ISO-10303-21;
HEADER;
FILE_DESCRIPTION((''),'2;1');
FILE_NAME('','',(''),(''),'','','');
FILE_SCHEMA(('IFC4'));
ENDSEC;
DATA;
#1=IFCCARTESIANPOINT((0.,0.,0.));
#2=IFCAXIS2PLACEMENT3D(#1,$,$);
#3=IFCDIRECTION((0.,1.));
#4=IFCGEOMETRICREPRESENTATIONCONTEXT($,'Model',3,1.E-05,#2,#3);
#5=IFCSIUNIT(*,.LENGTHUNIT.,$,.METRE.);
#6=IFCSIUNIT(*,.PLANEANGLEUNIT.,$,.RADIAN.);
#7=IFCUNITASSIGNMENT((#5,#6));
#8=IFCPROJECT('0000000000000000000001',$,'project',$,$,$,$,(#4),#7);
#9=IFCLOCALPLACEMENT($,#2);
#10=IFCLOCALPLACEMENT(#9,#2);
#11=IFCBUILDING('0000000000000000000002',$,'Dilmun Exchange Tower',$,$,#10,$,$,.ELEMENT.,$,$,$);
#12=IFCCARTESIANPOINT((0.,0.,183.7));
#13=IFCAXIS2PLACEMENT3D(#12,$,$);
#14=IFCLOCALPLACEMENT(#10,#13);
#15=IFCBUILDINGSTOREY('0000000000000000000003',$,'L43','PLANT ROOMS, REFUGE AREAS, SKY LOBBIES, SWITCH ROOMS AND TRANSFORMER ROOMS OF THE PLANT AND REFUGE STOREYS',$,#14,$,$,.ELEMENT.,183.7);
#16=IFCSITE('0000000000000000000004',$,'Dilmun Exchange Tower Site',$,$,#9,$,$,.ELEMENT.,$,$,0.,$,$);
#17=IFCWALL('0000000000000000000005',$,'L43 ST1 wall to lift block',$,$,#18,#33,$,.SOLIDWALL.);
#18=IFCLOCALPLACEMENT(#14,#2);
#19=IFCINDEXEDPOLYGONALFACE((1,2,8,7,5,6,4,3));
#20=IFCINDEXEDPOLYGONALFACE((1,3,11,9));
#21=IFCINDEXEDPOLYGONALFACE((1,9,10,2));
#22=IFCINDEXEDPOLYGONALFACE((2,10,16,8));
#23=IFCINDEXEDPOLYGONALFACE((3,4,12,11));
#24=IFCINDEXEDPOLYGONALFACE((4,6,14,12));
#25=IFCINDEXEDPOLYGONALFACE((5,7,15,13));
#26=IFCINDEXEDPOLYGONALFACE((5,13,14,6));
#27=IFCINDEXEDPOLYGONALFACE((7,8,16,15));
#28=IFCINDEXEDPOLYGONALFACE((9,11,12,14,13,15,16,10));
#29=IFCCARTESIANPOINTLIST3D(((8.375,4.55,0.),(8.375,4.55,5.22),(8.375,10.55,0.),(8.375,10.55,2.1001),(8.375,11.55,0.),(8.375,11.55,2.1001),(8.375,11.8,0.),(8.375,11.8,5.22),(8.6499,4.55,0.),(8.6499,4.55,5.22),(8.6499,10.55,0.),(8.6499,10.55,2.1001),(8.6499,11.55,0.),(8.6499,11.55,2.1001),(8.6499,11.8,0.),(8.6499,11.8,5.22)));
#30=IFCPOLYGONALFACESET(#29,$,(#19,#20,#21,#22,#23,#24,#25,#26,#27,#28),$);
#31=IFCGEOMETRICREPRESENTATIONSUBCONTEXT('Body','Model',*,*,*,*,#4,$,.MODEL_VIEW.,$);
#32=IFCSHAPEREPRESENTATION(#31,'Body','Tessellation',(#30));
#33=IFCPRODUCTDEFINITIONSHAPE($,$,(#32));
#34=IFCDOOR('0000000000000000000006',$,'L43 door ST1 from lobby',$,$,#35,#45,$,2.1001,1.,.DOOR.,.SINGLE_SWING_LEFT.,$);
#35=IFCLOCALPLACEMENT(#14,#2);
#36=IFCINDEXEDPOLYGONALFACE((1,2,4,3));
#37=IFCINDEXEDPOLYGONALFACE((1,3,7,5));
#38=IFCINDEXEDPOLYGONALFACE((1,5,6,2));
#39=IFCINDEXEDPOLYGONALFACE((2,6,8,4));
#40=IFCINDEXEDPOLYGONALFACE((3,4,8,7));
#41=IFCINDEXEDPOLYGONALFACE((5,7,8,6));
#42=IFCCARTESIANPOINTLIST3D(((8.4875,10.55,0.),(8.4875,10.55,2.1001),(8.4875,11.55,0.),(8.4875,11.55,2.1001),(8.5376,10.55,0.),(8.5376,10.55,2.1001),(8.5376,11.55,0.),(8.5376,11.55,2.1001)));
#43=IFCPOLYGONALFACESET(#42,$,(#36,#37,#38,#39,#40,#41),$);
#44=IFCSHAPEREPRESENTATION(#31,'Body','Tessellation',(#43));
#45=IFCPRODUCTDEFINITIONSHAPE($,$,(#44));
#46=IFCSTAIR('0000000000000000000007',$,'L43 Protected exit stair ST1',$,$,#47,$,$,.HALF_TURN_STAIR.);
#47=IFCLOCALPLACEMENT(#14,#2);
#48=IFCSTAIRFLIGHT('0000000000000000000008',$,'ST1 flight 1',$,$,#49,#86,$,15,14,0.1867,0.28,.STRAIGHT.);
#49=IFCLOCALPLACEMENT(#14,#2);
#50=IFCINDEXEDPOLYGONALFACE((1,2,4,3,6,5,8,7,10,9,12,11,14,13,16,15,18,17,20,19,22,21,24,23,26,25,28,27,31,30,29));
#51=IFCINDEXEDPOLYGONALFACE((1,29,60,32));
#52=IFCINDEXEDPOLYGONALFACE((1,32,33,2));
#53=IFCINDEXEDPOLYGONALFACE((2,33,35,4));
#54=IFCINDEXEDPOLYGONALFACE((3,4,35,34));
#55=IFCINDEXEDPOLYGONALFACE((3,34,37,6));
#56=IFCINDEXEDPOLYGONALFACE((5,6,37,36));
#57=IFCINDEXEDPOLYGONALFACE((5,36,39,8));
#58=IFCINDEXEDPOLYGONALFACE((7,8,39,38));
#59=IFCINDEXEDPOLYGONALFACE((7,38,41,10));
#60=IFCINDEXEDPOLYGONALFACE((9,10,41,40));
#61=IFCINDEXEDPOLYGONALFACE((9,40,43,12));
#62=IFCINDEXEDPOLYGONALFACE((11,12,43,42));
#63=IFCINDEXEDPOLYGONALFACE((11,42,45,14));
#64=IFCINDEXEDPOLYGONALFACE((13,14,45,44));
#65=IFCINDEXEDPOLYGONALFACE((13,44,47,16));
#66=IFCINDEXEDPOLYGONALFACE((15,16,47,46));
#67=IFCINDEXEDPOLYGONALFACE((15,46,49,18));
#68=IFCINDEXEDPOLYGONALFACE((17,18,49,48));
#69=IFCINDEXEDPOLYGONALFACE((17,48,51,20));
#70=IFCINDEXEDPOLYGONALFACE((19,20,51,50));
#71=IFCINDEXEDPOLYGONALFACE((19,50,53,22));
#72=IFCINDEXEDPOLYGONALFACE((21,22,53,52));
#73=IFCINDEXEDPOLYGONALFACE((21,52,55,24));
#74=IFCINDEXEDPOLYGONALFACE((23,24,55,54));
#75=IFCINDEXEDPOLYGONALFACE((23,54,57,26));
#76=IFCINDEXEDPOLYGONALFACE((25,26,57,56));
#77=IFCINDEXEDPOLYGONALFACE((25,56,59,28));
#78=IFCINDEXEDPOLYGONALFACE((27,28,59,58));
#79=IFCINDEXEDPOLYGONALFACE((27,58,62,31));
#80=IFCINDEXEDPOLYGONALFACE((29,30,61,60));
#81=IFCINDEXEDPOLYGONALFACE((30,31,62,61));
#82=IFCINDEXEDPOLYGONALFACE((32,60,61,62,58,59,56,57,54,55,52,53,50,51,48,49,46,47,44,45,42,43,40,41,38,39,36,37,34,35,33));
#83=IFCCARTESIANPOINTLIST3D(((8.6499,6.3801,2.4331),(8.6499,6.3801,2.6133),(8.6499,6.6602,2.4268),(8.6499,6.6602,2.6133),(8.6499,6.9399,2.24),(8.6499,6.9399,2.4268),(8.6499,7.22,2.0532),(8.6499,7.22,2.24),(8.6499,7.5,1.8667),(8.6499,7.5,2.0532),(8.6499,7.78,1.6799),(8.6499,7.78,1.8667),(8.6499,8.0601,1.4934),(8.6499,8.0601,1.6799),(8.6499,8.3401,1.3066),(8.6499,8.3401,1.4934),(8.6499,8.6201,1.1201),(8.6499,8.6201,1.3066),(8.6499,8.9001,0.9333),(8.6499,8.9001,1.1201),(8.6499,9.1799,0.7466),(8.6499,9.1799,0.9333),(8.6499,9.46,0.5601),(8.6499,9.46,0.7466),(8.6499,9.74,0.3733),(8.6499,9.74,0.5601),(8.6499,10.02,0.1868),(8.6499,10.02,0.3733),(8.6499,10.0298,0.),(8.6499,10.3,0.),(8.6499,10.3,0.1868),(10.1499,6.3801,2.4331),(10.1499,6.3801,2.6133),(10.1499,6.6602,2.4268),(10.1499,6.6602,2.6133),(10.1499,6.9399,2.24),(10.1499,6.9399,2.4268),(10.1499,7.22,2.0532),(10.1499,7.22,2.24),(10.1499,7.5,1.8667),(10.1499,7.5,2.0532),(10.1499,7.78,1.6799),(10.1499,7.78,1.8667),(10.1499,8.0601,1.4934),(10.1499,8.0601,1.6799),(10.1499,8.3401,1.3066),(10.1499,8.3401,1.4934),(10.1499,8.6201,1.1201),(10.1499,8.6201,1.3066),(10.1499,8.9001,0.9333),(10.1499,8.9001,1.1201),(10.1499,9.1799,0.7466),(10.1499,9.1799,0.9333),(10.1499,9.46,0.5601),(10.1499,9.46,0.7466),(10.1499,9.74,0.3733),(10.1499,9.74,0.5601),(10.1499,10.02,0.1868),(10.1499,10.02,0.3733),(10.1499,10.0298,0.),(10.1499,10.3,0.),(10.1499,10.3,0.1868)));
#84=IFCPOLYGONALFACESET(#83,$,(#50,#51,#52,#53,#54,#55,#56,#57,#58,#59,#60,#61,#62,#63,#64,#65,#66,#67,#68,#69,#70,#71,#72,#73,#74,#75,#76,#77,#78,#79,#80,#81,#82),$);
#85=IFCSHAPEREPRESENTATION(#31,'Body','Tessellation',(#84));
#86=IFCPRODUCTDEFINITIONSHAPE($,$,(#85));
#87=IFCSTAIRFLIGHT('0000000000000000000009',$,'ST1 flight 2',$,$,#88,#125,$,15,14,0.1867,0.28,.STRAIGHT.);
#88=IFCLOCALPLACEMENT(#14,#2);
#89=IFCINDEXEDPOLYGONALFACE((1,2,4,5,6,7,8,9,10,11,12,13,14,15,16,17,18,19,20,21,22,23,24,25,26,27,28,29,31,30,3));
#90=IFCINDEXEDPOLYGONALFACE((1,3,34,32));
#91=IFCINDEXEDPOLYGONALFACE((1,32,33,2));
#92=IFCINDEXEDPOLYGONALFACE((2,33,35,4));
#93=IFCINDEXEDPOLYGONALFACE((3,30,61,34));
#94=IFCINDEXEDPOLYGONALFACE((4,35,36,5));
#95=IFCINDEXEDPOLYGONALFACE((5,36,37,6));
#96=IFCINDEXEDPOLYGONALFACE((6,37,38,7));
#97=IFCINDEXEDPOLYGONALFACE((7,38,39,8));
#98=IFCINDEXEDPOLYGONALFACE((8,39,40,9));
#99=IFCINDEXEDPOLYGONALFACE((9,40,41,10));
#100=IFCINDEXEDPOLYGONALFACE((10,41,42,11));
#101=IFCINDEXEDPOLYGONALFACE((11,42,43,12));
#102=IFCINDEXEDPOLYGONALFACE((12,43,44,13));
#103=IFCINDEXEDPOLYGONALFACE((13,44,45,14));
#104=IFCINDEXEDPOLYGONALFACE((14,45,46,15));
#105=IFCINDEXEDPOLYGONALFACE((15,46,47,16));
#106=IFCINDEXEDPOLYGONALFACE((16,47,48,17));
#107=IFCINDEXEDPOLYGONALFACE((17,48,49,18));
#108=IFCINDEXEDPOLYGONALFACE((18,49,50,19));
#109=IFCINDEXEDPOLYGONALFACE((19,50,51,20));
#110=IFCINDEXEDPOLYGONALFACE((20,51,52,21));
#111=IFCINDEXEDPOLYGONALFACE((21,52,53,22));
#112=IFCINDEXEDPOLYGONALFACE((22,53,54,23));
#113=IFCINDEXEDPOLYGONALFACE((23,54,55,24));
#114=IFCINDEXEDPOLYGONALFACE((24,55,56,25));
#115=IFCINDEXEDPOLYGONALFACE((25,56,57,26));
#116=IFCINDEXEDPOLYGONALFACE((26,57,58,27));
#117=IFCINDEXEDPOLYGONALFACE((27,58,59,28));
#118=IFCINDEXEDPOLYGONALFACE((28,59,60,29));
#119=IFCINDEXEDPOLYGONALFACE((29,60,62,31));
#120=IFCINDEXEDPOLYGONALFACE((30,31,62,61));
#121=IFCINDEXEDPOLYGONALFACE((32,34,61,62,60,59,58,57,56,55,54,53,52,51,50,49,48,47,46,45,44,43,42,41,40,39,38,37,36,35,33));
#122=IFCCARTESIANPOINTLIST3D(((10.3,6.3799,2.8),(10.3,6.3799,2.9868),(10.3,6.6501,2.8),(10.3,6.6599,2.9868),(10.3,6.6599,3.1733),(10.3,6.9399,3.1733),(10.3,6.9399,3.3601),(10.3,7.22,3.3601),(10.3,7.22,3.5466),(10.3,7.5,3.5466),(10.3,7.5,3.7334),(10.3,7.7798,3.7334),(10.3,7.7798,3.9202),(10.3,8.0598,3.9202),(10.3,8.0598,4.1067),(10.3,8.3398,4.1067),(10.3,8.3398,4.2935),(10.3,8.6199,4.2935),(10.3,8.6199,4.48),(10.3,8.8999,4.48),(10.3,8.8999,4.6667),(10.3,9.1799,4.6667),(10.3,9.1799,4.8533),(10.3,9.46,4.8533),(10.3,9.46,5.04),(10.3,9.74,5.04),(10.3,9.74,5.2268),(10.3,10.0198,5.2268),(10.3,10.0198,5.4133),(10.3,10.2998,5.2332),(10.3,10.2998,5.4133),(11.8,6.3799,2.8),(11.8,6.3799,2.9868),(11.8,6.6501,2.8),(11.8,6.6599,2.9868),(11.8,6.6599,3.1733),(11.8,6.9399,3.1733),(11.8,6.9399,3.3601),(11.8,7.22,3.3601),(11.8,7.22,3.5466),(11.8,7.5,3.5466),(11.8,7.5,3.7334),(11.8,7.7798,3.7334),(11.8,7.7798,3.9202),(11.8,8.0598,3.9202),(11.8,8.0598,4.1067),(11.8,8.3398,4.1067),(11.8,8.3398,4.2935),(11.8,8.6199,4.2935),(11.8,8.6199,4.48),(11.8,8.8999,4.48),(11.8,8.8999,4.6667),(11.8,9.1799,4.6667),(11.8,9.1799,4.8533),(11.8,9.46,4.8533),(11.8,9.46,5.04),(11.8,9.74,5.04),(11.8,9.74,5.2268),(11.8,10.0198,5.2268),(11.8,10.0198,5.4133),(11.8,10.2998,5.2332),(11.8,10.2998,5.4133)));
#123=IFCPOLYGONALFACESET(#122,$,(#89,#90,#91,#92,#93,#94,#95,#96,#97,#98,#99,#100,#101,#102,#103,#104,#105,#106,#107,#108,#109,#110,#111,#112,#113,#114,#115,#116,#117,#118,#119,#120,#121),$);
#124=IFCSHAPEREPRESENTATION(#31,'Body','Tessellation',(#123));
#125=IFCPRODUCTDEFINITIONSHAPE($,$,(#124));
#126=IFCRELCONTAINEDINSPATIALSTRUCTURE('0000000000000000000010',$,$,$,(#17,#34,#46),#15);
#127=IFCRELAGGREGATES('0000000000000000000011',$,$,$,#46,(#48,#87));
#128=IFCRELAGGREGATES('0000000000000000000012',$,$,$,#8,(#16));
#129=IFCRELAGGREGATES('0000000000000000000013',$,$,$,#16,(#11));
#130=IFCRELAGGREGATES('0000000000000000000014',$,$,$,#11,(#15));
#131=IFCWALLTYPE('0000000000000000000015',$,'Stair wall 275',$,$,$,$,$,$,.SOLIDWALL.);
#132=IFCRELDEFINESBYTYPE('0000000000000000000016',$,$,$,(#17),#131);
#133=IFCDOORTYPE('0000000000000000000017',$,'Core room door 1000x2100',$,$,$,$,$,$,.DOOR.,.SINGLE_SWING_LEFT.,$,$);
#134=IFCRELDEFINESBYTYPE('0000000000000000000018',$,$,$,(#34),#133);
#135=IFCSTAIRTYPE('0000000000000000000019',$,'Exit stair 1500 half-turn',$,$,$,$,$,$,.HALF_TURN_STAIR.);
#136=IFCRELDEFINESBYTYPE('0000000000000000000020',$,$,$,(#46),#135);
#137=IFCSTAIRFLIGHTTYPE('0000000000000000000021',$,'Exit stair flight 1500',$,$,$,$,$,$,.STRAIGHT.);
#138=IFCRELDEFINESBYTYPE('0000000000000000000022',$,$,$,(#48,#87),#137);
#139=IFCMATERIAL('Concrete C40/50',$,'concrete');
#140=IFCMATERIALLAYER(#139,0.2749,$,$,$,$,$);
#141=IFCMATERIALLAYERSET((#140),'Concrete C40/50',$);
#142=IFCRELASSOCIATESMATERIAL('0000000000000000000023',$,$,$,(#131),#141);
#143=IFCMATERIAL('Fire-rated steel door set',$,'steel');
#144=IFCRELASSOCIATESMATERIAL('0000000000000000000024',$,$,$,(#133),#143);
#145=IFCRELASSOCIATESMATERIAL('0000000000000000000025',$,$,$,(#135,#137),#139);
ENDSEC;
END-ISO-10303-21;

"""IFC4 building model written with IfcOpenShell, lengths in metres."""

from ifc_helpers import new_model, si_unit, direction, frame, frame_2d, origin, place, context, subcontext, project, spatial, polyline, rectangle, outline, extrude, material, layer, layer_set, type_object, element, fill, aggregate, save


model = new_model("IFC4")

# Units and contexts
model_context = context("Model", 3, precision=1e-05, world=origin(), true_north=direction((0.0, 1.0)))
body_context = subcontext(model_context, "Body", "Model", "MODEL_VIEW")
ifc_project = project(units=[si_unit("LENGTHUNIT", "METRE"), si_unit("PLANEANGLEUNIT", "RADIAN")], contexts=[model_context])

# Site, building, storey
site_placement = place(None, origin())
site = spatial("IfcSite", under=ifc_project, at=site_placement, Name="Dilmun Exchange Tower Site", CompositionType="ELEMENT", RefElevation=0.0)
building_placement = place(site_placement, origin())
building = spatial("IfcBuilding", under=site, at=building_placement, Name="Dilmun Exchange Tower", CompositionType="ELEMENT")
storey_placement = place(building_placement, frame((0.0, 0.0, 183.7)))
storey = spatial("IfcBuildingStorey", under=building, at=storey_placement, Name="L43", Description="PLANT ROOMS, REFUGE AREAS, SKY LOBBIES, SWITCH ROOMS AND TRANSFORMER ROOMS OF THE PLANT AND REFUGE STOREYS", CompositionType="ELEMENT", Elevation=183.7)

# Shared definitions
ifc_material_1 = material(Name="Concrete C40/50", Category="concrete")

# Shared definitions
ifc_material_2 = material(Name="Fire-rated steel door set", Category="steel")

# Wall, opening, door
ifc_layer_1 = layer(ifc_material_1, 0.2749)
ifc_layer_set_1 = layer_set([ifc_layer_1], Name="Concrete C40/50")
wall_type_1 = type_object("IfcWallType", Name="Stair wall 275", PredefinedType="SOLIDWALL", material=ifc_layer_set_1)
wall_1_placement = place(storey_placement, frame((8.5125, 4.55, 0.0), z_axis=(0.0, 0.0, 1.0), x_axis=(0.0, 1.0, 0.0)))
wall_1 = element("IfcWall", 1, at=wall_1_placement, inside=storey, type_object=wall_type_1, Name="L43 ST1 wall to lift block", PredefinedType="SOLIDWALL", context=body_context, shape_type="SweptSolid", body=[
    extrude(rectangle(XDim=7.25, YDim=0.2749, at=frame_2d((3.625, 0.0))), origin(), (0.0, 0.0, 1.0), 5.22),
])
opening_1_placement = place(wall_1_placement, frame((6.0, 0.0, 0.0)))
opening_1 = element("IfcOpeningElement", 2, at=opening_1_placement, cuts=wall_1, PredefinedType="OPENING", context=body_context, shape_type="SweptSolid", body=[
    extrude(rectangle(XDim=1.0, YDim=2.1001, at=frame_2d((0.5, 1.05))), frame((0.0, 0.1475, 0.0), z_axis=(0.0, -1.0, 0.0), x_axis=(1.0, 0.0, 0.0)), (0.0, 0.0, 1.0), 0.2949),
])
door_type_1 = type_object("IfcDoorType", Name="Core room door 1000x2100", OperationType="SINGLE_SWING_LEFT", PredefinedType="DOOR", material=ifc_material_2)
door_1_placement = place(opening_1_placement, origin())
door_1 = element("IfcDoor", 3, at=door_1_placement, inside=storey, type_object=door_type_1, Name="L43 door ST1 from lobby", OperationType="SINGLE_SWING_LEFT", OverallHeight=2.1001, OverallWidth=1.0, PredefinedType="DOOR", context=body_context, shape_type="SweptSolid", body=[
    extrude(rectangle(XDim=1.0, YDim=2.1001, at=frame_2d((0.5, 1.05))), frame((0.0, 0.0249, 0.0), z_axis=(0.0, -1.0, 0.0), x_axis=(1.0, 0.0, 0.0)), (0.0, 0.0, 1.0), 0.05),
])
fill(opening_1, door_1)

# Stair, stair flights
stair_type = type_object("IfcStairType", Name="Exit stair 1500 half-turn", PredefinedType="HALF_TURN_STAIR", material=ifc_material_1)
stair_placement = place(storey_placement, origin())
stair = element("IfcStair", 4, at=stair_placement, inside=storey, type_object=stair_type, Name="L43 Protected exit stair ST1", PredefinedType="HALF_TURN_STAIR")
stair_flight_type = type_object("IfcStairFlightType", Name="Exit stair flight 1500", PredefinedType="STRAIGHT", material=ifc_material_1)
stair_flight_1_placement = place(storey_placement, frame((9.3999, 10.3, 0.0), z_axis=(0.0, 0.0, 1.0), x_axis=(0.0, -1.0, 0.0)))
stair_flight_1 = element("IfcStairFlight", 5, at=stair_flight_1_placement, type_object=stair_flight_type, Name="ST1 flight 1", NumberOfRisers=15, NumberOfTreads=14, PredefinedType="STRAIGHT", RiserHeight=0.1867, TreadLength=0.28, context=body_context, shape_type="SweptSolid", body=[
    extrude(outline(polyline([(0.0, 0.0), (0.0, 0.1868), (0.28, 0.1868), (0.28, 0.3733), (0.5601, 0.3733), (0.5601, 0.5601), (0.8401, 0.5601), (0.8401, 0.7466), (1.1201, 0.7466), (1.1201, 0.9333), (1.3999, 0.9333), (1.3999, 1.1201), (1.6799, 1.1201), (1.6799, 1.3066), (1.96, 1.3066), (1.96, 1.4934), (2.24, 1.4934), (2.24, 1.6799), (2.52, 1.6799), (2.52, 1.8667), (2.8, 1.8667), (2.8, 2.0532), (3.0801, 2.0532), (3.0801, 2.24), (3.3601, 2.24), (3.3601, 2.4268), (3.6399, 2.4268), (3.6399, 2.6133), (3.9199, 2.6133), (3.9199, 2.8), (3.9199, 2.4331), (0.2703, 0.0), (0.0, 0.0)])), frame((0.0, 0.75, 0.0), z_axis=(0.0, -1.0, 0.0), x_axis=(1.0, 0.0, 0.0)), (0.0, 0.0, 1.0), 1.5),
])
stair_flight_2_placement = place(storey_placement, frame((11.05, 6.3799, 2.8), z_axis=(0.0, 0.0, 1.0), x_axis=(0.0, 1.0, 0.0)))
stair_flight_2 = element("IfcStairFlight", 6, at=stair_flight_2_placement, type_object=stair_flight_type, Name="ST1 flight 2", NumberOfRisers=15, NumberOfTreads=14, PredefinedType="STRAIGHT", RiserHeight=0.1867, TreadLength=0.28, context=body_context, shape_type="SweptSolid", body=[
    extrude(outline(polyline([(0.0, 0.0), (0.0, 0.1868), (0.28, 0.1868), (0.28, 0.3733), (0.5601, 0.3733), (0.5601, 0.5601), (0.8401, 0.5601), (0.8401, 0.7466), (1.1201, 0.7466), (1.1201, 0.9333), (1.3999, 0.9333), (1.3999, 1.1201), (1.6799, 1.1201), (1.6799, 1.3066), (1.96, 1.3066), (1.96, 1.4934), (2.24, 1.4934), (2.24, 1.6799), (2.52, 1.6799), (2.52, 1.8667), (2.8, 1.8667), (2.8, 2.0532), (3.0801, 2.0532), (3.0801, 2.24), (3.3601, 2.24), (3.3601, 2.4268), (3.6399, 2.4268), (3.6399, 2.6133), (3.9199, 2.6133), (3.9199, 2.8), (3.9199, 2.4331), (0.2703, 0.0), (0.0, 0.0)])), frame((0.0, 0.75, 0.0), z_axis=(0.0, -1.0, 0.0), x_axis=(1.0, 0.0, 0.0)), (0.0, 0.0, 1.0), 1.5),
])
aggregate(stair, [stair_flight_1, stair_flight_2])

save(model, "model.ifc")
